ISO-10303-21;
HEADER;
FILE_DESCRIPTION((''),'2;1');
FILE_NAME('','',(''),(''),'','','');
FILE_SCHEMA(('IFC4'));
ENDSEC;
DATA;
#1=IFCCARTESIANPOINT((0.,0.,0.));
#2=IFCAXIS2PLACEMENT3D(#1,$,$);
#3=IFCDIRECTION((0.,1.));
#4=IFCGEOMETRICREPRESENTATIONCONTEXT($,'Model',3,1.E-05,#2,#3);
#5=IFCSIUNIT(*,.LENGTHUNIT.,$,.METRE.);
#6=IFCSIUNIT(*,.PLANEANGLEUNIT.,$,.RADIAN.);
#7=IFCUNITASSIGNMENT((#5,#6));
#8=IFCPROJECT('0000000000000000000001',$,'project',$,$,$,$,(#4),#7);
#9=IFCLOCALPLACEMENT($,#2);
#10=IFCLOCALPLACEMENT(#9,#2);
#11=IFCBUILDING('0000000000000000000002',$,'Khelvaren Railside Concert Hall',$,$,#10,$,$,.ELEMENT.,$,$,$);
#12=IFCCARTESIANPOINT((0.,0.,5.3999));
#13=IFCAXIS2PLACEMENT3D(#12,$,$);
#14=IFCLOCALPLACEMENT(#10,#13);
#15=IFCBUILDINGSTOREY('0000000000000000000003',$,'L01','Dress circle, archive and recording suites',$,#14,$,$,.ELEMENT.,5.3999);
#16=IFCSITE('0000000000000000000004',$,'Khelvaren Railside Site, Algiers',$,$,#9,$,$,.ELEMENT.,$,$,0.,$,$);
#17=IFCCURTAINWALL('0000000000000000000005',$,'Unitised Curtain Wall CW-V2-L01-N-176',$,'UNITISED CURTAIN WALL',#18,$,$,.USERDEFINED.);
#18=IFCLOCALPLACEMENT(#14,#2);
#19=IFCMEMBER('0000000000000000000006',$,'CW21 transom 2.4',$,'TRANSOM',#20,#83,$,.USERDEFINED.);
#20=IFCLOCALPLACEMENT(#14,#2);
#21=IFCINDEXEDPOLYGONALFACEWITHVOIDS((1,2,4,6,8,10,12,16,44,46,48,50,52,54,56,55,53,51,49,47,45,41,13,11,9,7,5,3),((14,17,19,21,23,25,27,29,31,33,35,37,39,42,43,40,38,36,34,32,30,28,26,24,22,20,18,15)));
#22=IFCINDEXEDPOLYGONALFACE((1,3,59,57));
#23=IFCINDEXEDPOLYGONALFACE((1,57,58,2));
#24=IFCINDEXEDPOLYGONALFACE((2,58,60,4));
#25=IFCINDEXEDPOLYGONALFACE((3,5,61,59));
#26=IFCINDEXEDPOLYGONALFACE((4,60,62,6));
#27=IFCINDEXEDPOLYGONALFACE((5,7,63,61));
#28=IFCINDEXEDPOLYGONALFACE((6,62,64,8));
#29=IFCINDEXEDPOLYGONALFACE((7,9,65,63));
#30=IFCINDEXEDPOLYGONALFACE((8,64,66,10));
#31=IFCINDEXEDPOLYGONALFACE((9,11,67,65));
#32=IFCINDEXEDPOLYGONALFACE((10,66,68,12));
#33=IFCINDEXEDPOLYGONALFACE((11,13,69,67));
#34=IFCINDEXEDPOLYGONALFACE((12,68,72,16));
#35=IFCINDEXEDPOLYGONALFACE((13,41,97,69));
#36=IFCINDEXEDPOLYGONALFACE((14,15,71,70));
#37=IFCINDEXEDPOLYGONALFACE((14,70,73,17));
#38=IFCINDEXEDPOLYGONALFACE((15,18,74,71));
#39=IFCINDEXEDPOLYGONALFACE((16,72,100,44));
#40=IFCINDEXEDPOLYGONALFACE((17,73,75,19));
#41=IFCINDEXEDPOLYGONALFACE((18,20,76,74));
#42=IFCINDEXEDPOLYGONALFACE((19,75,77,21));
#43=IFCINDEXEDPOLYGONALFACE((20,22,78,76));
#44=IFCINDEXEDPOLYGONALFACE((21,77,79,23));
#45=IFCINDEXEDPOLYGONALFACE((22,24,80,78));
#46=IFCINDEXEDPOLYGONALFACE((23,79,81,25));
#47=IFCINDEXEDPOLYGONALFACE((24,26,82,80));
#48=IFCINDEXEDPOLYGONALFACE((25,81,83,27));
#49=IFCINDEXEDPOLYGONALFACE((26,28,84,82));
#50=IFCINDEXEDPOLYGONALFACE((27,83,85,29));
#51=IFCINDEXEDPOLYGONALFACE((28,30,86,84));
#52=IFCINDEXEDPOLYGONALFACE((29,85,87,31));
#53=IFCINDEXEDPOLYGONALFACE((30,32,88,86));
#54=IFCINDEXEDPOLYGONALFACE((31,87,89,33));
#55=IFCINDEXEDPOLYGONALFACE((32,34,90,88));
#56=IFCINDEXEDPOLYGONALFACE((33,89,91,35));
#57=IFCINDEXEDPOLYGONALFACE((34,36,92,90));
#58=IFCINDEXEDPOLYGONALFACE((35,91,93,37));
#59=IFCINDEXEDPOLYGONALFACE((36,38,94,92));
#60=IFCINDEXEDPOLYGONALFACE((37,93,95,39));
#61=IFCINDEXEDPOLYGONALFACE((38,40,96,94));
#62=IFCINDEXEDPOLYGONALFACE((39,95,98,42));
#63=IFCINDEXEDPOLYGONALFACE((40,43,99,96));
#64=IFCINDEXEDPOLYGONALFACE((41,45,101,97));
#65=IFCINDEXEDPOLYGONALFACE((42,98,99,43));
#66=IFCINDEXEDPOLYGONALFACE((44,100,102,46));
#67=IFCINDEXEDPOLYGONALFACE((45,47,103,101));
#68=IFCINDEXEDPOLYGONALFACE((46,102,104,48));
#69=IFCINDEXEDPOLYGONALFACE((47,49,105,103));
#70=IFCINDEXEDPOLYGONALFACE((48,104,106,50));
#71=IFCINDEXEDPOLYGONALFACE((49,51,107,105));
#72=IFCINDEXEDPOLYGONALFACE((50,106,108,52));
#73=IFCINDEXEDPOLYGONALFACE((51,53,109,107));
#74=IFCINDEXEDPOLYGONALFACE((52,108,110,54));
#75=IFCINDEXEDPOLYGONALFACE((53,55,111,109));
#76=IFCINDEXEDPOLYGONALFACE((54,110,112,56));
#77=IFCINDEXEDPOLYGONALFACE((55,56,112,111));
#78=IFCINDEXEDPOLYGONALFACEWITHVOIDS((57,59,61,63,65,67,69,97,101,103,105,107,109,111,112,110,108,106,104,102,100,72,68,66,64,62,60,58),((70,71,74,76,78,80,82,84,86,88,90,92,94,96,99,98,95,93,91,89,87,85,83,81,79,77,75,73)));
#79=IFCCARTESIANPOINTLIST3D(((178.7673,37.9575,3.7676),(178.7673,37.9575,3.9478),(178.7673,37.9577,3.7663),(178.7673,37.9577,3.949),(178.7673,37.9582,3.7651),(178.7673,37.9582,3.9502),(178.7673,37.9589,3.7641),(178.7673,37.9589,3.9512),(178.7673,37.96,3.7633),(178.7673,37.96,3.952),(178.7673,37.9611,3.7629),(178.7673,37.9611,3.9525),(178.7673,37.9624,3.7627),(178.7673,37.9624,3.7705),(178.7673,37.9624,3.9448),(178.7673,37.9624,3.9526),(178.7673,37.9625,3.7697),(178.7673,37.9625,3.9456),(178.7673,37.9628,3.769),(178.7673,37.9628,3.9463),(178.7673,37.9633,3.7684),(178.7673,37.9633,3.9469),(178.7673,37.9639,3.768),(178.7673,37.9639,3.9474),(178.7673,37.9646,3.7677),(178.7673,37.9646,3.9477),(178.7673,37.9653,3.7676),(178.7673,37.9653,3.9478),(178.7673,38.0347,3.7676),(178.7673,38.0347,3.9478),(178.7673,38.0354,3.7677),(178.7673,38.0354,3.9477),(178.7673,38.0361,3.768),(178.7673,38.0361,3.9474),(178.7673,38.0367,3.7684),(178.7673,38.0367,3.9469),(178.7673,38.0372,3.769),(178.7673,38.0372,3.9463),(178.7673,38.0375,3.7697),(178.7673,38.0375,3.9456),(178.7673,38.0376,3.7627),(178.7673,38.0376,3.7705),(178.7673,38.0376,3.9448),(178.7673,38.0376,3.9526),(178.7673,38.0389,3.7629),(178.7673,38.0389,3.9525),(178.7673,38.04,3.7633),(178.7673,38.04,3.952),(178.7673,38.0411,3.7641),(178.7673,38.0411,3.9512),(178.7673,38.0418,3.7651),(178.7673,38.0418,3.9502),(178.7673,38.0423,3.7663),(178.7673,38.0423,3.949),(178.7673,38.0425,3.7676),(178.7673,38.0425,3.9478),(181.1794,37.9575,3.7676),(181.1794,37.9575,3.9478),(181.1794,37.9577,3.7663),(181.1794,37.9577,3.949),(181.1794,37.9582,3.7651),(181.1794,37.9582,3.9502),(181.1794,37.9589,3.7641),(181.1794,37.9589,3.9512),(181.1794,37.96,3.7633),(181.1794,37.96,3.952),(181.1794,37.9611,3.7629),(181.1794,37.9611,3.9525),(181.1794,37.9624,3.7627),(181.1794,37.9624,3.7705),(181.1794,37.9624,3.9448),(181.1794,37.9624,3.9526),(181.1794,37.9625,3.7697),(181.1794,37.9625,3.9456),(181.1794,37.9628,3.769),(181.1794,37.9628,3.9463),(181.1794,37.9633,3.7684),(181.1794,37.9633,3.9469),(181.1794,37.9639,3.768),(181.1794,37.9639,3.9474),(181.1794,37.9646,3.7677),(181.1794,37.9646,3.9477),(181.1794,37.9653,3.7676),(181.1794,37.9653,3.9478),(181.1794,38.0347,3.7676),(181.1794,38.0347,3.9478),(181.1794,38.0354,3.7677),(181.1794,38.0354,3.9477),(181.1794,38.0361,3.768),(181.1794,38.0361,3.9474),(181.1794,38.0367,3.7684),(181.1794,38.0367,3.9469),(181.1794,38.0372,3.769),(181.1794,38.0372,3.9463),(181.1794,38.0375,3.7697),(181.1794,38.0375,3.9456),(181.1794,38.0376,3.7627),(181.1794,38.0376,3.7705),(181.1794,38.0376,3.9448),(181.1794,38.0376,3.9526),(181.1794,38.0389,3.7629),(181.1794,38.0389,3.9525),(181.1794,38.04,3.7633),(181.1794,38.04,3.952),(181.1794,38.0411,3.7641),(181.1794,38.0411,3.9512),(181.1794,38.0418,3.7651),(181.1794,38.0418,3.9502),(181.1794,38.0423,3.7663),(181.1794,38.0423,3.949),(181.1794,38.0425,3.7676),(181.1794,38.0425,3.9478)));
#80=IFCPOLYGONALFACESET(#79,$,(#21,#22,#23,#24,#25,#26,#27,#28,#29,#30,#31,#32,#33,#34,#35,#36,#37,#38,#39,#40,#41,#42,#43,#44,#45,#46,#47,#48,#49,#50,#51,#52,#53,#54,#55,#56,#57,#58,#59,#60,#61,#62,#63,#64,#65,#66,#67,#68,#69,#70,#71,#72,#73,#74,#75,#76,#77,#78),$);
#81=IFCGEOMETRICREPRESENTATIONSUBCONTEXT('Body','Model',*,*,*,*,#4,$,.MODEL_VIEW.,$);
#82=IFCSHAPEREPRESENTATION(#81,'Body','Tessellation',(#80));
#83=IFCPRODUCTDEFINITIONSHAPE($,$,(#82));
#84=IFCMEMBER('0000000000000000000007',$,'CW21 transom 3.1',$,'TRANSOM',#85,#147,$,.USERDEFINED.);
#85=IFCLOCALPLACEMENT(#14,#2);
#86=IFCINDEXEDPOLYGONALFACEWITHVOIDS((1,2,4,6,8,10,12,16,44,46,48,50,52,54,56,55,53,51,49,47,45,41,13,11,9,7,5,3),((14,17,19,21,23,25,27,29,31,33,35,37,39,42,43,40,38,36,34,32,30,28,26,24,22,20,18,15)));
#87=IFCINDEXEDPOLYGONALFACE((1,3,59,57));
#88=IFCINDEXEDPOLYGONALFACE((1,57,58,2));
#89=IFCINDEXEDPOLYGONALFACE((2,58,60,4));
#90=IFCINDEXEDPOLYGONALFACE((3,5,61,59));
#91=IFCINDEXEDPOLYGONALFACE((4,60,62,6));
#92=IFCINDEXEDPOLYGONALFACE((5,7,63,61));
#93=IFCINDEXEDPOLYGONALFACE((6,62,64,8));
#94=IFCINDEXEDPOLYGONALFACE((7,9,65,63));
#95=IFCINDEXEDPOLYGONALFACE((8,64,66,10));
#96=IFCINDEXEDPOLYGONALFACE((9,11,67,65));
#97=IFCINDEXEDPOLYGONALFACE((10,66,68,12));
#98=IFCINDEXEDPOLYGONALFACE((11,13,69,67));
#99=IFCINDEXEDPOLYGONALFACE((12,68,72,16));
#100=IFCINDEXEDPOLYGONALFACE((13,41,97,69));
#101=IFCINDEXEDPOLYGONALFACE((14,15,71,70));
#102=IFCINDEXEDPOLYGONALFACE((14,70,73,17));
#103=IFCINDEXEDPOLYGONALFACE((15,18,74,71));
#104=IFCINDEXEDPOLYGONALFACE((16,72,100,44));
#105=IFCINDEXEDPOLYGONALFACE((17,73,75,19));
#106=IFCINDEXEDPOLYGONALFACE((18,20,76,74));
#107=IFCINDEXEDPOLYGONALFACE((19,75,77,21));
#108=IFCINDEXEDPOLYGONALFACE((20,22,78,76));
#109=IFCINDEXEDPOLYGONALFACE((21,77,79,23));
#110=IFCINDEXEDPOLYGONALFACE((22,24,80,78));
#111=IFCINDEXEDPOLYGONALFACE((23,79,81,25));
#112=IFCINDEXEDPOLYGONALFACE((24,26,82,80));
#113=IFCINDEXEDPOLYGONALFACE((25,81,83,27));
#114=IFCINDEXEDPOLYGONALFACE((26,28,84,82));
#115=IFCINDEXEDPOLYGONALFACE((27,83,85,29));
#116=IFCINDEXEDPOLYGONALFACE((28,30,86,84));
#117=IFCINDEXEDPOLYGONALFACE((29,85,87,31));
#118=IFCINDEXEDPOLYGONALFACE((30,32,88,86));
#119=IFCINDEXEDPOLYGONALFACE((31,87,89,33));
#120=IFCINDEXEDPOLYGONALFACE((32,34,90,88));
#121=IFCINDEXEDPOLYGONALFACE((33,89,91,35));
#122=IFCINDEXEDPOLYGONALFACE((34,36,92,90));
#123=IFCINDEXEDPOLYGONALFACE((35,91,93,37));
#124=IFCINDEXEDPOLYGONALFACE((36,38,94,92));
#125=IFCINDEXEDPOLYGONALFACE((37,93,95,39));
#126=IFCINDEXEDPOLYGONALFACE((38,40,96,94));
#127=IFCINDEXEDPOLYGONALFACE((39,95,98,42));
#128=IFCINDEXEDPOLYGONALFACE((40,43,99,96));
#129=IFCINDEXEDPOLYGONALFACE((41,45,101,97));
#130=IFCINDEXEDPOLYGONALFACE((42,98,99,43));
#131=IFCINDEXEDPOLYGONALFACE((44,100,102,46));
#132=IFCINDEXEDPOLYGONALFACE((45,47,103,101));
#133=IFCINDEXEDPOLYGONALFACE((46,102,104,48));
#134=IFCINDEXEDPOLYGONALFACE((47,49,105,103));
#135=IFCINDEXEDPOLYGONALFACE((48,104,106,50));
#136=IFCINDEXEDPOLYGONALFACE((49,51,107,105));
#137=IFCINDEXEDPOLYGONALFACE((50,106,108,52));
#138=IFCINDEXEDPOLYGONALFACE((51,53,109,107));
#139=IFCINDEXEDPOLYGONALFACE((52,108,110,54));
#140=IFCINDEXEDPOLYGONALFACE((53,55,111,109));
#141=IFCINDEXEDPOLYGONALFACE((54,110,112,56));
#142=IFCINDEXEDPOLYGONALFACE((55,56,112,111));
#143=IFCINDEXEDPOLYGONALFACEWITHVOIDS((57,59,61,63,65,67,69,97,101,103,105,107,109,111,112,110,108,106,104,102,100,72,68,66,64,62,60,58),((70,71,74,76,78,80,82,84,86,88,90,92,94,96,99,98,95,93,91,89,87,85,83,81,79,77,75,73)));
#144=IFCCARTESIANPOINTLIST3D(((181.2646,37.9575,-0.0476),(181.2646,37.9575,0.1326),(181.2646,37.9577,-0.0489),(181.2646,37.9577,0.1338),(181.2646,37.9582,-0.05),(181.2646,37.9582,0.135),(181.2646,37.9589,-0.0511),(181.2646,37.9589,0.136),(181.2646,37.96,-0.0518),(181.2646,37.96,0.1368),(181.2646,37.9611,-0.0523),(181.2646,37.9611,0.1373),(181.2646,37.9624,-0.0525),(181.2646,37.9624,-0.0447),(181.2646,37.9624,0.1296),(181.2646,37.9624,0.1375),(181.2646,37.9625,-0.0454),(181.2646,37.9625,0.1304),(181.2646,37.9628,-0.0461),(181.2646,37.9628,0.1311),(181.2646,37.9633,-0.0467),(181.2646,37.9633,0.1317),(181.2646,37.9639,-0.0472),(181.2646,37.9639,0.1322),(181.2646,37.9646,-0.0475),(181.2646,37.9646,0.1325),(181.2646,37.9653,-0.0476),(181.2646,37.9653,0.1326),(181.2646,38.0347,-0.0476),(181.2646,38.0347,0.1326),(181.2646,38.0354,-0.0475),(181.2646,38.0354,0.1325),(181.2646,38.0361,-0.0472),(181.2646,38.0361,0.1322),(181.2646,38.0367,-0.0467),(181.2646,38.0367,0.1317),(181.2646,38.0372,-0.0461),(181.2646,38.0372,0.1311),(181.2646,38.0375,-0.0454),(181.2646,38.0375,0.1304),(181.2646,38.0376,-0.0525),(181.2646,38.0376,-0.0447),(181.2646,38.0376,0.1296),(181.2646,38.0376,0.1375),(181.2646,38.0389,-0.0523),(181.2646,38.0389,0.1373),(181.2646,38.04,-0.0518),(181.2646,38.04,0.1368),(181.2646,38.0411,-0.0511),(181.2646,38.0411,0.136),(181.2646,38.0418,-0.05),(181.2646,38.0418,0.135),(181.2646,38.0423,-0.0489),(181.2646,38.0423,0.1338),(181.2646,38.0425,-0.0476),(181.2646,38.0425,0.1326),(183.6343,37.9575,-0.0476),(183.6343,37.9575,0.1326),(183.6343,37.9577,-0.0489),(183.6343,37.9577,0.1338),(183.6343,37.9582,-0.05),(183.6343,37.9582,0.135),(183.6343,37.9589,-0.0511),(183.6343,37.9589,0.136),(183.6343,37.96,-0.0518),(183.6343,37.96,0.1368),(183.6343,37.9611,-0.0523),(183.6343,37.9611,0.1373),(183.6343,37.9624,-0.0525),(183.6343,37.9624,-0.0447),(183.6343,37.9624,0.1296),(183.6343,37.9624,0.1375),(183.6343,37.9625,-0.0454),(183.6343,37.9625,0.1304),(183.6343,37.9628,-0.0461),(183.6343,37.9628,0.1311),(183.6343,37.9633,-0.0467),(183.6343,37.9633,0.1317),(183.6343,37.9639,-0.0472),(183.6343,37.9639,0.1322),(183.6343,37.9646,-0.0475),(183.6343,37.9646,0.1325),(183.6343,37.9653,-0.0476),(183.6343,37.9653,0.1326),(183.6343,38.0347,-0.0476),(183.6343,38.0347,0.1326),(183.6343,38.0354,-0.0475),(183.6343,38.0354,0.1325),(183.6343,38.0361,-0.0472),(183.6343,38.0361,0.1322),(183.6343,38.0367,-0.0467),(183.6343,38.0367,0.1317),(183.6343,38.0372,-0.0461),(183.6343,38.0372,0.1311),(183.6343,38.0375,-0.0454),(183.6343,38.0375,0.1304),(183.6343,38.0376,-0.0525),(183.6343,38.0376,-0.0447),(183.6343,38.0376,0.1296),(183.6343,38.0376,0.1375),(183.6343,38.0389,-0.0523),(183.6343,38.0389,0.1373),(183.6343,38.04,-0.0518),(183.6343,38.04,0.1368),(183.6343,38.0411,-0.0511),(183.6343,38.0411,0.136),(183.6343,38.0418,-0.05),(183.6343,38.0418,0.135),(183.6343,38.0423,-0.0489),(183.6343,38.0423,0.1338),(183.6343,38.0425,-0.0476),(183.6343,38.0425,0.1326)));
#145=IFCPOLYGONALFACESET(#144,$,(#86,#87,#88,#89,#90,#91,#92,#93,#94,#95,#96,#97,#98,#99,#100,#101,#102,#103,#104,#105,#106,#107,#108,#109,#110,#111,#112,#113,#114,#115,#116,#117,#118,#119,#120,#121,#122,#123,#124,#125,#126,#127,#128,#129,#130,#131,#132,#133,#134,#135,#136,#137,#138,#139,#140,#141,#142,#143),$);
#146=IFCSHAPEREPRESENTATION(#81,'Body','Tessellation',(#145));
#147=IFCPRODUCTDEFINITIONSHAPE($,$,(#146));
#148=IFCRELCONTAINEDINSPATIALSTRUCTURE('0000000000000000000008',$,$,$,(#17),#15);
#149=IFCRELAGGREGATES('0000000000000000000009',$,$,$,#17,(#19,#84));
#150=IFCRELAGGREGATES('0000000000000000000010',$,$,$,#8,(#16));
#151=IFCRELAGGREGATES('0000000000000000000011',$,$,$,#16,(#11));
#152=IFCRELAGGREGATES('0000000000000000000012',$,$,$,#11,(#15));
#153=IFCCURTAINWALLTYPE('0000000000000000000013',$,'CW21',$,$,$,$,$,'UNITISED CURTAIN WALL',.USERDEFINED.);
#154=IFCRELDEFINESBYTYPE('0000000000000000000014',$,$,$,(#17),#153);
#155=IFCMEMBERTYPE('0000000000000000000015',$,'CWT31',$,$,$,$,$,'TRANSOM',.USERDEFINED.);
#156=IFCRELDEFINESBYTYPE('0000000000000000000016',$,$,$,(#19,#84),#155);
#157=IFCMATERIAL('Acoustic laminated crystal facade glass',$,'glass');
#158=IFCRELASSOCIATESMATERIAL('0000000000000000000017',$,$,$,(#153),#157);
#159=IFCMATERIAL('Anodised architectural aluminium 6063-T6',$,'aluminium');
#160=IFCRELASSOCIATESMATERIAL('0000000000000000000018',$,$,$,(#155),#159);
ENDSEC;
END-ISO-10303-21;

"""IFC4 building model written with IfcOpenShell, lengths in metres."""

from ifc_helpers import new_model, si_unit, direction, frame, origin, origin_2d, place, context, subcontext, project, spatial, hollow_rectangle, extrude, material, material_profile, profile_set, type_object, element, aggregate, save


model = new_model("IFC4")

# Units and contexts
model_context = context("Model", 3, precision=1e-05, world=origin(), true_north=direction((0.0, 1.0)))
body_context = subcontext(model_context, "Body", "Model", "MODEL_VIEW")
ifc_project = project(units=[si_unit("LENGTHUNIT", "METRE"), si_unit("PLANEANGLEUNIT", "RADIAN")], contexts=[model_context])

# Site, building, storey
site_placement = place(None, origin())
site = spatial("IfcSite", under=ifc_project, at=site_placement, Name="Khelvaren Railside Site, Algiers", CompositionType="ELEMENT", RefElevation=0.0)
building_placement = place(site_placement, origin())
building = spatial("IfcBuilding", under=site, at=building_placement, Name="Khelvaren Railside Concert Hall", CompositionType="ELEMENT")
storey_placement = place(building_placement, frame((0.0, 0.0, 5.3999)))
storey = spatial("IfcBuildingStorey", under=building, at=storey_placement, Name="L01", Description="Dress circle, archive and recording suites", CompositionType="ELEMENT", Elevation=5.3999)

# Curtain wall
ifc_material_1 = material(Name="Acoustic laminated crystal facade glass", Category="glass")
curtain_wall_type_1 = type_object("IfcCurtainWallType", Name="CW21", ElementType="UNITISED CURTAIN WALL", PredefinedType="USERDEFINED", material=ifc_material_1)
curtain_wall_1_placement = place(storey_placement, origin())
curtain_wall_1 = element("IfcCurtainWall", 1, at=curtain_wall_1_placement, inside=storey, type_object=curtain_wall_type_1, Name="Unitised Curtain Wall CW-V2-L01-N-176", ObjectType="UNITISED CURTAIN WALL", PredefinedType="USERDEFINED")
ifc_material_2 = material(Name="Anodised architectural aluminium 6063-T6", Category="aluminium")

# Members
ifc_material_profile_1 = material_profile(ifc_material_2, hollow_rectangle(XDim=0.085, YDim=0.1899, WallThickness=0.0049, InnerFilletRadius=0.0029, OuterFilletRadius=0.0049, at=origin_2d()), Name="CWT 85x190x5")
ifc_profile_set_1 = profile_set([ifc_material_profile_1], Name="Anodised architectural aluminium 6063-T6")
member_type_1 = type_object("IfcMemberType", Name="CWT31", ElementType="TRANSOM", PredefinedType="USERDEFINED", material=ifc_profile_set_1)
member_1_placement = place(storey_placement, frame((178.7673, 38.0, 3.8577), z_axis=(1.0, 0.0, 0.0), x_axis=(0.0, 1.0, 0.0)))
member_1 = element("IfcMember", 2, at=member_1_placement, type_object=member_type_1, Name="CW21 transom 2.4", ObjectType="TRANSOM", PredefinedType="USERDEFINED", context=body_context, shape_type="SweptSolid", body=[
    extrude(hollow_rectangle(XDim=0.085, YDim=0.1899, WallThickness=0.0049, InnerFilletRadius=0.0029, OuterFilletRadius=0.0049, at=origin_2d()), origin(), (0.0, 0.0, 1.0), 2.4121),
])
member_2_placement = place(storey_placement, frame((181.2646, 38.0, 0.0425), z_axis=(1.0, 0.0, 0.0), x_axis=(0.0, 1.0, 0.0)))
member_2 = element("IfcMember", 3, at=member_2_placement, type_object=member_type_1, Name="CW21 transom 3.1", ObjectType="TRANSOM", PredefinedType="USERDEFINED", context=body_context, shape_type="SweptSolid", body=[
    extrude(hollow_rectangle(XDim=0.085, YDim=0.1899, WallThickness=0.0049, InnerFilletRadius=0.0029, OuterFilletRadius=0.0049, at=origin_2d()), origin(), (0.0, 0.0, 1.0), 2.3696),
])

aggregate(curtain_wall_1, [member_1, member_2])

save(model, "model.ifc")
